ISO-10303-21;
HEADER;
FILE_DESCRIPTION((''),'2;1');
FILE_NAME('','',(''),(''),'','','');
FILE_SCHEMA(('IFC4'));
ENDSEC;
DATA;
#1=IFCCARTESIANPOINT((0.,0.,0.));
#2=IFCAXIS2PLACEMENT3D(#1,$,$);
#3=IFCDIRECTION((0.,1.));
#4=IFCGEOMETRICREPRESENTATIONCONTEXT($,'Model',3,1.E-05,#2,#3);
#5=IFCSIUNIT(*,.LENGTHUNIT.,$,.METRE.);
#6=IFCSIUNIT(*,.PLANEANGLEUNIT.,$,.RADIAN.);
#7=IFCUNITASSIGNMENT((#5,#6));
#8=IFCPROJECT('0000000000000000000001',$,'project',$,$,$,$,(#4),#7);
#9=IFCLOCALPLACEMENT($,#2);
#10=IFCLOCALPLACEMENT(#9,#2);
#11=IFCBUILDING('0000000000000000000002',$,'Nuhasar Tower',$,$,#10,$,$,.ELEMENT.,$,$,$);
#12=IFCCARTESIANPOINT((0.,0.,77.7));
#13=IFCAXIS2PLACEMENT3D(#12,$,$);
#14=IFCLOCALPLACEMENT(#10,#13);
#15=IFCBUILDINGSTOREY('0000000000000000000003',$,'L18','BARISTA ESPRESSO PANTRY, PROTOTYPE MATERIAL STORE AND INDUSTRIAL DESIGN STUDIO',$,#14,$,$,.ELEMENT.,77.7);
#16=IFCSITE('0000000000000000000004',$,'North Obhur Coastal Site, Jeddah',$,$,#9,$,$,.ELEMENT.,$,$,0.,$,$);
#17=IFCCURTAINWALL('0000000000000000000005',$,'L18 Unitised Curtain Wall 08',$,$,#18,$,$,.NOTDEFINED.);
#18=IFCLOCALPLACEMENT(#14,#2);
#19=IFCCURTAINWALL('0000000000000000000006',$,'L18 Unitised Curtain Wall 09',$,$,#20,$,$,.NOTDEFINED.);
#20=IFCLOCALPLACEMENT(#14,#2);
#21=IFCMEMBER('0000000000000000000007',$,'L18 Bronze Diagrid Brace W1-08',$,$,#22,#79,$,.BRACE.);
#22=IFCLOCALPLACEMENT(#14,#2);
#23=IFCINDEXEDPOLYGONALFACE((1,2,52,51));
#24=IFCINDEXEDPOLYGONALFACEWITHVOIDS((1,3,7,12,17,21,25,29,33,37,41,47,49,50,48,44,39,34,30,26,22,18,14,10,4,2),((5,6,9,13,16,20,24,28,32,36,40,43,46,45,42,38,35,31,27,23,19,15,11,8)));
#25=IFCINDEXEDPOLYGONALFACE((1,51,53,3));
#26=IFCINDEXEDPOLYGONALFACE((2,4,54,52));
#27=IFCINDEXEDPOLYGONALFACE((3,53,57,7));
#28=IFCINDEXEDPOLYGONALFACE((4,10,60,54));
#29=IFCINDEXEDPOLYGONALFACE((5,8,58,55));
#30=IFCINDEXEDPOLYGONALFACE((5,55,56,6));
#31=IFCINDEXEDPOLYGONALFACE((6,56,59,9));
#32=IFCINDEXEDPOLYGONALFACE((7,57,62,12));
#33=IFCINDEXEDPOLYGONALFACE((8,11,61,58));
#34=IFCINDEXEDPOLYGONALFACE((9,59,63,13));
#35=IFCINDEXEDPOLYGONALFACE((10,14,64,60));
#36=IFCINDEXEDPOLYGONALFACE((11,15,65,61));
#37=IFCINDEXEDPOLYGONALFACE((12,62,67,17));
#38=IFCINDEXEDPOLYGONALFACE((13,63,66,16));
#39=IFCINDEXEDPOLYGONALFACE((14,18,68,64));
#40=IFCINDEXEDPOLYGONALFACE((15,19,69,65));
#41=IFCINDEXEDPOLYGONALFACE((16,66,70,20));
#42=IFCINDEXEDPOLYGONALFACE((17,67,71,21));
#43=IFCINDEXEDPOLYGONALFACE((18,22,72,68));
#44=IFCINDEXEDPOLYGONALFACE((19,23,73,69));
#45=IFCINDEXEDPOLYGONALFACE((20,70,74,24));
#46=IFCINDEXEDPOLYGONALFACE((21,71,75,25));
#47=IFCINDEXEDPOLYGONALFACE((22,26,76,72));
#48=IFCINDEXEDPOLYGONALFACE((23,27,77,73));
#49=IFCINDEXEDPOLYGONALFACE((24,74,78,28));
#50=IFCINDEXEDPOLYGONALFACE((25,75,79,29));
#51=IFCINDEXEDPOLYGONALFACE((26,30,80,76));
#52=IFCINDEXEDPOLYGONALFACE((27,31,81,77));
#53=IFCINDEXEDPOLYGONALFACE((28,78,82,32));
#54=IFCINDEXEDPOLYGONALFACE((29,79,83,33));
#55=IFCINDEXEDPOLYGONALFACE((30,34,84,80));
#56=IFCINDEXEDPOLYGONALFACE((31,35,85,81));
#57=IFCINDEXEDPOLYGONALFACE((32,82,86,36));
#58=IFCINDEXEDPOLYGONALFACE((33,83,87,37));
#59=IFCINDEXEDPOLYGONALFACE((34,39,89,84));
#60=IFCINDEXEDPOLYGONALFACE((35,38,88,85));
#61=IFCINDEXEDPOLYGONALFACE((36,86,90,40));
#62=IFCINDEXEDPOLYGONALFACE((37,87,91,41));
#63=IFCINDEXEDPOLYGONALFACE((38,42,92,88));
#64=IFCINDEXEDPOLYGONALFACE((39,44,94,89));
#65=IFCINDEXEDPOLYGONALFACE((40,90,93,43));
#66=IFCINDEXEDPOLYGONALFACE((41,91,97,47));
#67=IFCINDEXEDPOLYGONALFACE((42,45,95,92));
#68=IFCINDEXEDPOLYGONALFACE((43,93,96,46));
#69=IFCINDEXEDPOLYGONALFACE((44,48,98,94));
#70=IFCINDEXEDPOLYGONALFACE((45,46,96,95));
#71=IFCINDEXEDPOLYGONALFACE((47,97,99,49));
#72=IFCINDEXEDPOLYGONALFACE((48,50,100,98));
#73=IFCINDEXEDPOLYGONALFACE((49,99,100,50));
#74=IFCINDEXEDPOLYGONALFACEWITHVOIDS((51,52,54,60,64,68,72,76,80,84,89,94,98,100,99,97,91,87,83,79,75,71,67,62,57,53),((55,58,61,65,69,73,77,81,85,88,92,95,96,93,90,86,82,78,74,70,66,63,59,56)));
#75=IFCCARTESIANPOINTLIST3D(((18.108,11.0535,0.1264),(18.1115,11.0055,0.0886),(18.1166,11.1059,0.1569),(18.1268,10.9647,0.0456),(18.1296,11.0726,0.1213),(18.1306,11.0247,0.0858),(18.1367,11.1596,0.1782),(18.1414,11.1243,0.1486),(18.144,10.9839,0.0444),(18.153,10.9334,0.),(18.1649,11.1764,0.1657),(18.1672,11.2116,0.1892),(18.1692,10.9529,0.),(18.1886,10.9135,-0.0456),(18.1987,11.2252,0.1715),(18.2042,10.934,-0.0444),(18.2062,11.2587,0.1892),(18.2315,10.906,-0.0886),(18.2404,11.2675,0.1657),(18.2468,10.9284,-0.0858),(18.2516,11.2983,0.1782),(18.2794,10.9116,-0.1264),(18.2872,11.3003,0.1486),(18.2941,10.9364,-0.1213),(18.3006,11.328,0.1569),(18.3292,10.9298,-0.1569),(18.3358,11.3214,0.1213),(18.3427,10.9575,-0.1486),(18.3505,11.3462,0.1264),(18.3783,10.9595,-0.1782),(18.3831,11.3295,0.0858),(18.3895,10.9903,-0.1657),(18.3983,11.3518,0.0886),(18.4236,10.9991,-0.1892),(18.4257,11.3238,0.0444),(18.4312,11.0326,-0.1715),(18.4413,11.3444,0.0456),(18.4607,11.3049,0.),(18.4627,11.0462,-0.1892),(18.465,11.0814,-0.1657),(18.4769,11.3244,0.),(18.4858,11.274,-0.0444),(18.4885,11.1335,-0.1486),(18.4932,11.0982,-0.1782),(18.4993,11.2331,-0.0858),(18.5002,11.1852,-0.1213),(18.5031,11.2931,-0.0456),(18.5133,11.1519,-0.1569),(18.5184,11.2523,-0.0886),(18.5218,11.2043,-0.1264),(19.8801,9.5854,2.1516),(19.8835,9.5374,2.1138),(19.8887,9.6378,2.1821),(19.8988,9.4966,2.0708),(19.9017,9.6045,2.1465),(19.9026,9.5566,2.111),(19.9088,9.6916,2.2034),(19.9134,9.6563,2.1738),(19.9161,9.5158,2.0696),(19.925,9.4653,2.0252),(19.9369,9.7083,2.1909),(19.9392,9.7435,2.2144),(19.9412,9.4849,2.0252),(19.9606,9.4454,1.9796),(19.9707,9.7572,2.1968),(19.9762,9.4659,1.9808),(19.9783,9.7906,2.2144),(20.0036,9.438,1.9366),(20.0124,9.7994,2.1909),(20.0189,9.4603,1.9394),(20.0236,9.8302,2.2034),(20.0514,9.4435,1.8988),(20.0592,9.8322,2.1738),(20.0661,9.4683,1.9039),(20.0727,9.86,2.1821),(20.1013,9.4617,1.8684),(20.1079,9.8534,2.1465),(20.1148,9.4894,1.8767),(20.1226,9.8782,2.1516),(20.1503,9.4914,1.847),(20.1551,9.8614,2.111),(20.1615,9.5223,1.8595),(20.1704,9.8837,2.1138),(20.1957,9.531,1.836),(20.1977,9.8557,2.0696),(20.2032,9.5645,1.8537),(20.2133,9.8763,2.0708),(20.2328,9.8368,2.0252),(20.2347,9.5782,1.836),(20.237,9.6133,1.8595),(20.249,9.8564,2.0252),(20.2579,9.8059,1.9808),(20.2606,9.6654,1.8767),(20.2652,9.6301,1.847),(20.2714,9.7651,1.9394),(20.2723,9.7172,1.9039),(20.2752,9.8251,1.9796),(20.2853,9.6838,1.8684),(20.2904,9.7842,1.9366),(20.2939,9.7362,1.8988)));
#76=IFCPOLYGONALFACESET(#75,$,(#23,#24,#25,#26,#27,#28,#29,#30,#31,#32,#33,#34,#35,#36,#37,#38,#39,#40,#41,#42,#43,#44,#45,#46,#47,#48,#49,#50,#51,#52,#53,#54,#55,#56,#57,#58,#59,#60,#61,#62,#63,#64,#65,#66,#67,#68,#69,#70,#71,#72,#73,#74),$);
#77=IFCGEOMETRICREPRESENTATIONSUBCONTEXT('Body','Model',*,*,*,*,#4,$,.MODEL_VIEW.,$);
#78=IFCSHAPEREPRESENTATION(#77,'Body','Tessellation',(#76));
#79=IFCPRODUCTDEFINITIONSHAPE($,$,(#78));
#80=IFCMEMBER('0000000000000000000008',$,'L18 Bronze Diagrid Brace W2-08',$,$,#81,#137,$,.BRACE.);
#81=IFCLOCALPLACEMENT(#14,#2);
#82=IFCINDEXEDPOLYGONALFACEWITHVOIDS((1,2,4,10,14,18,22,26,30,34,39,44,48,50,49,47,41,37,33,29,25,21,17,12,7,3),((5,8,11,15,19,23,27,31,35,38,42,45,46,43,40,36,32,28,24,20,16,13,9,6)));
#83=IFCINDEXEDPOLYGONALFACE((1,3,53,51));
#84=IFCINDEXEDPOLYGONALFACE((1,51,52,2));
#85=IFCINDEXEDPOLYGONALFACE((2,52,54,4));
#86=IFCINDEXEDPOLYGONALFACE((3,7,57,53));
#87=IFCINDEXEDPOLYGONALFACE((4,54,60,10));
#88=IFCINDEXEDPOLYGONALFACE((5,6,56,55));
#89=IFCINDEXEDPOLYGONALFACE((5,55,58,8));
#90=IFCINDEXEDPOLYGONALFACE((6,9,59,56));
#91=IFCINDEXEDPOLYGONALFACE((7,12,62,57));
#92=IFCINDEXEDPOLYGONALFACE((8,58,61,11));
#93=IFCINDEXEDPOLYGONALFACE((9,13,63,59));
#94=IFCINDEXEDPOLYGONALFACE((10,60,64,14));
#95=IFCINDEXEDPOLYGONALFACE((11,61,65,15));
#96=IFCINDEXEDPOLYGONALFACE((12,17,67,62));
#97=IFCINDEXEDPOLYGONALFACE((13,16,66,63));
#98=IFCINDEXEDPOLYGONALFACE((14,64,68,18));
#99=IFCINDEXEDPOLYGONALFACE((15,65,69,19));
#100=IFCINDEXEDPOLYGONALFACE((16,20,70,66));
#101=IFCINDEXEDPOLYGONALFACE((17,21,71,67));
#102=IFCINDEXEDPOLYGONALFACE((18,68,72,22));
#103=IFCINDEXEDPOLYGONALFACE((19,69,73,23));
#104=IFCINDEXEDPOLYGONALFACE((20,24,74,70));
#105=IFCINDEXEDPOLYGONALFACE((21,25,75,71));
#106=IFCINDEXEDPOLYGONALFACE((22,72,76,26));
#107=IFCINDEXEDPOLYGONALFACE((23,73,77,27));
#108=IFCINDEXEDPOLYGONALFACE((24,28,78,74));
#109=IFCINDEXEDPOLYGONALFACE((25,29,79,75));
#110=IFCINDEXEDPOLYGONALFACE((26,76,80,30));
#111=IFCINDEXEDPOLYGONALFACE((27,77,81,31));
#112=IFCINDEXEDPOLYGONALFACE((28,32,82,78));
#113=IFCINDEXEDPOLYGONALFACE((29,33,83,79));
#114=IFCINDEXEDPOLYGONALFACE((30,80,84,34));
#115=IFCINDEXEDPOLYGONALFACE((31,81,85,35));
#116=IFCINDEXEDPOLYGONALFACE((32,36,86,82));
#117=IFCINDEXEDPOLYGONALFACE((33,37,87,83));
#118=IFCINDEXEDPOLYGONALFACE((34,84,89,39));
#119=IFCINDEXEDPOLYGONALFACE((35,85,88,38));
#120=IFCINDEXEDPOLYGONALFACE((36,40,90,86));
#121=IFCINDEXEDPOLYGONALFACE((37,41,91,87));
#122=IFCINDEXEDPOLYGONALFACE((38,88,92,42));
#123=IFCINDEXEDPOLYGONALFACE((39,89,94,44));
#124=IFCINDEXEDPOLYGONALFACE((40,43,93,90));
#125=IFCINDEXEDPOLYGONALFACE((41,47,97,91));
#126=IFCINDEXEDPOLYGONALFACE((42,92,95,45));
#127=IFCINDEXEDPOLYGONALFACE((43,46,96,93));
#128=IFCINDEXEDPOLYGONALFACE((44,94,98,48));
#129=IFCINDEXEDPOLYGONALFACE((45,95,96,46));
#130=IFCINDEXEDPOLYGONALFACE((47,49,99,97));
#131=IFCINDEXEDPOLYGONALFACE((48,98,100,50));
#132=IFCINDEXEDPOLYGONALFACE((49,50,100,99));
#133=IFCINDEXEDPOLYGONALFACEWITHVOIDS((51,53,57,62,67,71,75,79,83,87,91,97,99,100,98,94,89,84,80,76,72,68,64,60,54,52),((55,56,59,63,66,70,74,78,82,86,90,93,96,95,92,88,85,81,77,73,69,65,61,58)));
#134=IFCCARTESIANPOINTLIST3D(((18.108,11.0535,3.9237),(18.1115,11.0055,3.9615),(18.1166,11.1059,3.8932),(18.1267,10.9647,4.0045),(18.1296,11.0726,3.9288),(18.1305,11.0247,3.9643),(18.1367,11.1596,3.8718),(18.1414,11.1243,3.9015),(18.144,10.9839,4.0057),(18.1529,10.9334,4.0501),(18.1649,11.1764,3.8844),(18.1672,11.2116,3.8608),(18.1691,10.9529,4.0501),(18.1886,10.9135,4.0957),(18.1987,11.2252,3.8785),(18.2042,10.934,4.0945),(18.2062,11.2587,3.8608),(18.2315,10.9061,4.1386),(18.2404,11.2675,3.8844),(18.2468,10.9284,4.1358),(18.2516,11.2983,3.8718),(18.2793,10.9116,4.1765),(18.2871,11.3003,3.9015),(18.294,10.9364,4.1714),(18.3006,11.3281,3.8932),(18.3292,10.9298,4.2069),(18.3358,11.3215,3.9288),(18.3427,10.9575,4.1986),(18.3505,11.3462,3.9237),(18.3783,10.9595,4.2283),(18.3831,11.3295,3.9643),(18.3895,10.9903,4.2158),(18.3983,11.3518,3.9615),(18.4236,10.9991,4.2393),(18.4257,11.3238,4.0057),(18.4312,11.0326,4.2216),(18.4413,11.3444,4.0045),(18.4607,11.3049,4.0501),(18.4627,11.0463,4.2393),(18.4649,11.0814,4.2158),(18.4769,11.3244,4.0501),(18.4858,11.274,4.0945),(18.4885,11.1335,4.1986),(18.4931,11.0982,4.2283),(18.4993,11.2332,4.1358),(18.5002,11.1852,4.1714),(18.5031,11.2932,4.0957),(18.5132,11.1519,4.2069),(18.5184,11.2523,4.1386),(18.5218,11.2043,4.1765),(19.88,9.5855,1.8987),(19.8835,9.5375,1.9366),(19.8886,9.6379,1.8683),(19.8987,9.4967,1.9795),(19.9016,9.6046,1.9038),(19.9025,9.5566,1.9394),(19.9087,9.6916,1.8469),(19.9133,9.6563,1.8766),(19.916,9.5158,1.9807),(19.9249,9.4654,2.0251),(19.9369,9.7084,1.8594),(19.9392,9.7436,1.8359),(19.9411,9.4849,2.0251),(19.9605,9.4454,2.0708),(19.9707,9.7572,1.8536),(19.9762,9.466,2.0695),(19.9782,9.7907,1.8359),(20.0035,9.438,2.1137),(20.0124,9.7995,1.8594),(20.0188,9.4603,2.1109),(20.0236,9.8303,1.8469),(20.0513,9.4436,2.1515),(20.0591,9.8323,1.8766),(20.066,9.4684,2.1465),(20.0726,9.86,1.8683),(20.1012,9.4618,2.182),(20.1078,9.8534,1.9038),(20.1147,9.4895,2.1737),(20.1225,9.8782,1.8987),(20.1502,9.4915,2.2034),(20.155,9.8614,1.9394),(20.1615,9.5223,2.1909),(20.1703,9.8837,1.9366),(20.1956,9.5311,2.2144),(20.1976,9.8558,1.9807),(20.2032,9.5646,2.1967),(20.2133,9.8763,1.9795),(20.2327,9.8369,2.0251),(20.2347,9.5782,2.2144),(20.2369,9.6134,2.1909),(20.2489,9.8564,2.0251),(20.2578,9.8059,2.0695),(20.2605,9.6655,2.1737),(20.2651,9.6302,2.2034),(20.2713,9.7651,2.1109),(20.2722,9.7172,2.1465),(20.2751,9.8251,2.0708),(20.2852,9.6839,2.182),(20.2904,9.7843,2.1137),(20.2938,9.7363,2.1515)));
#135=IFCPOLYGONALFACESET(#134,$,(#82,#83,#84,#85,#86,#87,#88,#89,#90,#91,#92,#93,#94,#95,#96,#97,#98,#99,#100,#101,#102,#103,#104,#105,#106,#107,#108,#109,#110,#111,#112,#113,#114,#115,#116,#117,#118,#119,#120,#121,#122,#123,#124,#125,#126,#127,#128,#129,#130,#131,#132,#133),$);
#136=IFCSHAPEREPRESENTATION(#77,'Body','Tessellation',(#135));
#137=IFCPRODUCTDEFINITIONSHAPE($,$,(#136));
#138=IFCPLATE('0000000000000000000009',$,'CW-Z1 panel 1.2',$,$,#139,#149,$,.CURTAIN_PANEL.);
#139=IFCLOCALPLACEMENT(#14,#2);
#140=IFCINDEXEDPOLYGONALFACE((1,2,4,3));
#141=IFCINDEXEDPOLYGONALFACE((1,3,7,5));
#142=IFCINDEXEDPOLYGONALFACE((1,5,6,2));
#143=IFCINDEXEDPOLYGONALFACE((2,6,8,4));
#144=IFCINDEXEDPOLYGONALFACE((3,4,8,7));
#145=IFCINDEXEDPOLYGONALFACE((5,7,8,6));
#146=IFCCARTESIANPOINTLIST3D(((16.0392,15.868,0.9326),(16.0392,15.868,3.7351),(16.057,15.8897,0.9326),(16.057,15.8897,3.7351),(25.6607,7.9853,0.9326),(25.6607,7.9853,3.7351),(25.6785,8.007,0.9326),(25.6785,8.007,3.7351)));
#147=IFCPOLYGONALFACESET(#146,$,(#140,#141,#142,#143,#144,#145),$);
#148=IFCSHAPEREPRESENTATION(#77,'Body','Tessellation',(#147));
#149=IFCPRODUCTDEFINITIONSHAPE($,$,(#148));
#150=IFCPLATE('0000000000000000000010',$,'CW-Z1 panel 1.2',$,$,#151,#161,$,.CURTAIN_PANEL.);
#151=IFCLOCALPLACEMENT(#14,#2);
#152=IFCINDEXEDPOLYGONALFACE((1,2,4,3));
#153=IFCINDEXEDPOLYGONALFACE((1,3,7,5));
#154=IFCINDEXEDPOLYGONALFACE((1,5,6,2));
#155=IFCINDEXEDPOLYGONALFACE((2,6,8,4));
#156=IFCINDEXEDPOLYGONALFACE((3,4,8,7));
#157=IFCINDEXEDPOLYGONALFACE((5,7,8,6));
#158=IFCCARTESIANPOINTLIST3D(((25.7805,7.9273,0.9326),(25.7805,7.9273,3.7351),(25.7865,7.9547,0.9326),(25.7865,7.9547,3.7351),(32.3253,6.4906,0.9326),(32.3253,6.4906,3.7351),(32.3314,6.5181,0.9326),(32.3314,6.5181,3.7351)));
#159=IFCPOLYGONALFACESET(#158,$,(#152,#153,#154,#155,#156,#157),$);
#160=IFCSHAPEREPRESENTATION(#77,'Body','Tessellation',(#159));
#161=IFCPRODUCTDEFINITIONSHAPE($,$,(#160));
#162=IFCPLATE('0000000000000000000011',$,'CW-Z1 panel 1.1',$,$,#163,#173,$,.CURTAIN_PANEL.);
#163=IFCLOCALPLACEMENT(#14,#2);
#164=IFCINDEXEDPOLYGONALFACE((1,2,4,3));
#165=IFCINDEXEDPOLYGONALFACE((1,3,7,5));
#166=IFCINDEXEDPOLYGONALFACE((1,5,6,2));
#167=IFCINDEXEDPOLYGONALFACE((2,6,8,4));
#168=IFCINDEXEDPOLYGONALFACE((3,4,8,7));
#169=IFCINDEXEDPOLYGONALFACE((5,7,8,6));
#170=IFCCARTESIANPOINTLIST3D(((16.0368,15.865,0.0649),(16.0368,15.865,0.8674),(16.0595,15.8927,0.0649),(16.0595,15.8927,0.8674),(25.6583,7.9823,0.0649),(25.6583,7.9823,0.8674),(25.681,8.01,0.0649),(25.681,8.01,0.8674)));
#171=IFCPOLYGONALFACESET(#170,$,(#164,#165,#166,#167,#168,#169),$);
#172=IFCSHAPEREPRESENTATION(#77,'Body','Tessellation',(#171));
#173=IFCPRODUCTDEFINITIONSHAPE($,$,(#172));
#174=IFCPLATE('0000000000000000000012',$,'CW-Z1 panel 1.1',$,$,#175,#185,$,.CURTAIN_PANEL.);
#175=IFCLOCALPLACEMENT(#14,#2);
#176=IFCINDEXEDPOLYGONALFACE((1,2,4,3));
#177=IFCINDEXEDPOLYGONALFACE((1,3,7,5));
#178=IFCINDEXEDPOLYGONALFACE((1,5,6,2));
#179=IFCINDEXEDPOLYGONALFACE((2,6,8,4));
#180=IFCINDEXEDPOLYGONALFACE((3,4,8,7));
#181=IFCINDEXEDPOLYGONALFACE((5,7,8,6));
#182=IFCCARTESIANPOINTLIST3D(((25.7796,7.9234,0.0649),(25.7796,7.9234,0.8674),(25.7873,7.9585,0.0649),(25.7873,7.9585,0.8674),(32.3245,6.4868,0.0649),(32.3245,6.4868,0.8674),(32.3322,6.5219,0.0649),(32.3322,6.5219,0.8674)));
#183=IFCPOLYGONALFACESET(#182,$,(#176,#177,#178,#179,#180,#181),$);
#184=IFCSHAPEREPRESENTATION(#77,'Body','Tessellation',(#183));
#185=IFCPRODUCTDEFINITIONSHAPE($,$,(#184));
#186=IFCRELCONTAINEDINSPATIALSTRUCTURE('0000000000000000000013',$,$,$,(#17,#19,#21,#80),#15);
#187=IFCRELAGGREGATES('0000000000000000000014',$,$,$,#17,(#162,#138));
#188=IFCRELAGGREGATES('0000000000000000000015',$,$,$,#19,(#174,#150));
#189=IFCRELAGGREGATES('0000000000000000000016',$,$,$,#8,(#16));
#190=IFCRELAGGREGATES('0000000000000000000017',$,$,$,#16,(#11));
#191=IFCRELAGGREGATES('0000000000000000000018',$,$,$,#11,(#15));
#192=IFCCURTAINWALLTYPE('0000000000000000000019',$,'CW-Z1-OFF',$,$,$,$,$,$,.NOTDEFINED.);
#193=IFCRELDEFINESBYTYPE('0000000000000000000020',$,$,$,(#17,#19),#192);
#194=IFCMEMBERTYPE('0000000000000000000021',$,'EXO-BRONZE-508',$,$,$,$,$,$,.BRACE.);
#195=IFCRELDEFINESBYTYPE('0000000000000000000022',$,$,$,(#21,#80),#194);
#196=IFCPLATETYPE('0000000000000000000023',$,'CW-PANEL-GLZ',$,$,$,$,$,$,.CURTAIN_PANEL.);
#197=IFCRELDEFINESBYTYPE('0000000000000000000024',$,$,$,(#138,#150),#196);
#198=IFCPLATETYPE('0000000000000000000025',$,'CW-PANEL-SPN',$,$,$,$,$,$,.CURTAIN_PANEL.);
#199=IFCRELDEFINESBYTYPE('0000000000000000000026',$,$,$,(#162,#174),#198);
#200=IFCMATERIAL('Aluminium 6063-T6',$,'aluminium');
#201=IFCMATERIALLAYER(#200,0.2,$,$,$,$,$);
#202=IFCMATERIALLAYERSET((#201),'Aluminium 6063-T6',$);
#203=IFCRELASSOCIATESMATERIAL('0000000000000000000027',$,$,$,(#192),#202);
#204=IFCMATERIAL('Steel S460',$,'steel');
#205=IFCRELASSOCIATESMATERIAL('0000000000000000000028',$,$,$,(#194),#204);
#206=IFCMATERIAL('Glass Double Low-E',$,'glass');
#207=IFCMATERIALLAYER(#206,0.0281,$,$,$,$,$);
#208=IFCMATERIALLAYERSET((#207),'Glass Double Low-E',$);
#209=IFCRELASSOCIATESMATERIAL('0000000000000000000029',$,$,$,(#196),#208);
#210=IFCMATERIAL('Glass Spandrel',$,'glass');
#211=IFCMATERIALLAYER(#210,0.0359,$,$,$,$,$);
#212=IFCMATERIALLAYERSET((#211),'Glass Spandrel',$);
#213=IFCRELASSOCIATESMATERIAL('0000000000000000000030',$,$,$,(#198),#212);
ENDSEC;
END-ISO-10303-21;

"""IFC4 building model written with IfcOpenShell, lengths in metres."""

from ifc_helpers import new_model, si_unit, direction, frame, origin, origin_2d, place, context, subcontext, project, spatial, rectangle, hollow_circle, extrude, material, layer, layer_set, material_profile, profile_set, type_object, element, aggregate, save


model = new_model("IFC4")

# Units and contexts
model_context = context("Model", 3, precision=1e-05, world=origin(), true_north=direction((0.0, 1.0)))
body_context = subcontext(model_context, "Body", "Model", "MODEL_VIEW")
ifc_project = project(units=[si_unit("LENGTHUNIT", "METRE"), si_unit("PLANEANGLEUNIT", "RADIAN")], contexts=[model_context])

# Site, building, storey
site_placement = place(None, origin())
site = spatial("IfcSite", under=ifc_project, at=site_placement, Name="North Obhur Coastal Site, Jeddah", CompositionType="ELEMENT", RefElevation=0.0)
building_placement = place(site_placement, origin())
building = spatial("IfcBuilding", under=site, at=building_placement, Name="Nuhasar Tower", CompositionType="ELEMENT")
storey_placement = place(building_placement, frame((0.0, 0.0, 77.7)))
storey = spatial("IfcBuildingStorey", under=building, at=storey_placement, Name="L18", Description="BARISTA ESPRESSO PANTRY, PROTOTYPE MATERIAL STORE AND INDUSTRIAL DESIGN STUDIO", CompositionType="ELEMENT", Elevation=77.7)

# Curtain wall
ifc_material_1 = material(Name="Aluminium 6063-T6", Category="aluminium")
ifc_layer_1 = layer(ifc_material_1, 0.2)
ifc_layer_set_1 = layer_set([ifc_layer_1], Name="Aluminium 6063-T6")
curtain_wall_type = type_object("IfcCurtainWallType", Name="CW-Z1-OFF", PredefinedType="NOTDEFINED", material=ifc_layer_set_1)
curtain_wall_1_placement = place(storey_placement, origin())
curtain_wall_1 = element("IfcCurtainWall", 1, at=curtain_wall_1_placement, inside=storey, type_object=curtain_wall_type, Name="L18 Unitised Curtain Wall 08", PredefinedType="NOTDEFINED")

# Curtain wall
curtain_wall_2_placement = place(storey_placement, origin())
curtain_wall_2 = element("IfcCurtainWall", 2, at=curtain_wall_2_placement, inside=storey, type_object=curtain_wall_type, Name="L18 Unitised Curtain Wall 09", PredefinedType="NOTDEFINED")

# Members
ifc_material_2 = material(Name="Steel S460", Category="steel")
ifc_material_profile_1 = material_profile(ifc_material_2, hollow_circle(Radius=0.2539, WallThickness=0.0254, at=origin_2d()), Name="HSS508X25.4")
ifc_profile_set_1 = profile_set([ifc_material_profile_1], Name="Steel S460")
member_type_1 = type_object("IfcMemberType", Name="EXO-BRONZE-508", PredefinedType="BRACE", material=ifc_profile_set_1)
member_1_placement = place(storey_placement, frame((18.3149, 11.1289, 0.0), z_axis=(0.578071, -0.478912, 0.660664), x_axis=(0.637969, 0.770062, 0.0)))
element("IfcMember", 3, at=member_1_placement, inside=storey, type_object=member_type_1, Name="L18 Bronze Diagrid Brace W1-08", PredefinedType="BRACE", context=body_context, shape_type="SweptSolid", body=[
    extrude(hollow_circle(Radius=0.2539, WallThickness=0.0254, at=origin_2d()), origin(), (0.0, 0.0, 1.0), 3.0654),
])
member_2_placement = place(storey_placement, frame((20.0869, 9.6609, 2.0251), z_axis=(-0.578102, 0.478937, 0.660619), x_axis=(-0.637969, -0.770062, 0.0)))
element("IfcMember", 4, at=member_2_placement, inside=storey, type_object=member_type_1, Name="L18 Bronze Diagrid Brace W2-08", PredefinedType="BRACE", context=body_context, shape_type="SweptSolid", body=[
    extrude(hollow_circle(Radius=0.2539, WallThickness=0.0254, at=origin_2d()), origin(), (0.0, 0.0, 1.0), 3.0652),
])

# Plates
ifc_material_3 = material(Name="Glass Double Low-E", Category="glass")
ifc_layer_2 = layer(ifc_material_3, 0.0281)
ifc_layer_set_2 = layer_set([ifc_layer_2], Name="Glass Double Low-E")
plate_type_1 = type_object("IfcPlateType", Name="CW-PANEL-GLZ", PredefinedType="CURTAIN_PANEL", material=ifc_layer_set_2)
plate_1_placement = place(storey_placement, frame((20.8589, 11.9375, 0.9326), z_axis=(0.0, 0.0, 1.0), x_axis=(0.773542, -0.633745, 0.0)))
plate_1 = element("IfcPlate", 5, at=plate_1_placement, type_object=plate_type_1, Name="CW-Z1 panel 1.2", PredefinedType="CURTAIN_PANEL", context=body_context, shape_type="SweptSolid", body=[
    extrude(rectangle(XDim=12.4382, YDim=0.0281, at=origin_2d()), origin(), (0.0, 0.0, 1.0), 2.8025),
])
plate_2_placement = place(storey_placement, frame((29.0559, 7.2227, 0.9326), z_axis=(0.0, 0.0, 1.0), x_axis=(0.976746, -0.214399, 0.0)))
plate_2 = element("IfcPlate", 6, at=plate_2_placement, type_object=plate_type_1, Name="CW-Z1 panel 1.2", PredefinedType="CURTAIN_PANEL", context=body_context, shape_type="SweptSolid", body=[
    extrude(rectangle(XDim=6.7007, YDim=0.0281, at=origin_2d()), origin(), (0.0, 0.0, 1.0), 2.8025),
])
ifc_material_4 = material(Name="Glass Spandrel", Category="glass")
ifc_layer_3 = layer(ifc_material_4, 0.0359)
ifc_layer_set_3 = layer_set([ifc_layer_3], Name="Glass Spandrel")
plate_type_2 = type_object("IfcPlateType", Name="CW-PANEL-SPN", PredefinedType="CURTAIN_PANEL", material=ifc_layer_set_3)
plate_3_placement = place(storey_placement, frame((20.8589, 11.9375, 0.0649), z_axis=(0.0, 0.0, 1.0), x_axis=(0.773542, -0.633745, 0.0)))
plate_3 = element("IfcPlate", 7, at=plate_3_placement, type_object=plate_type_2, Name="CW-Z1 panel 1.1", PredefinedType="CURTAIN_PANEL", context=body_context, shape_type="SweptSolid", body=[
    extrude(rectangle(XDim=12.4382, YDim=0.0359, at=origin_2d()), origin(), (0.0, 0.0, 1.0), 0.8025),
])
aggregate(curtain_wall_1, [plate_3, plate_1])
plate_4_placement = place(storey_placement, frame((29.0559, 7.2227, 0.0649), z_axis=(0.0, 0.0, 1.0), x_axis=(0.976746, -0.214399, 0.0)))
plate_4 = element("IfcPlate", 8, at=plate_4_placement, type_object=plate_type_2, Name="CW-Z1 panel 1.1", PredefinedType="CURTAIN_PANEL", context=body_context, shape_type="SweptSolid", body=[
    extrude(rectangle(XDim=6.7007, YDim=0.0359, at=origin_2d()), origin(), (0.0, 0.0, 1.0), 0.8025),
])
aggregate(curtain_wall_2, [plate_4, plate_2])

save(model, "model.ifc")
